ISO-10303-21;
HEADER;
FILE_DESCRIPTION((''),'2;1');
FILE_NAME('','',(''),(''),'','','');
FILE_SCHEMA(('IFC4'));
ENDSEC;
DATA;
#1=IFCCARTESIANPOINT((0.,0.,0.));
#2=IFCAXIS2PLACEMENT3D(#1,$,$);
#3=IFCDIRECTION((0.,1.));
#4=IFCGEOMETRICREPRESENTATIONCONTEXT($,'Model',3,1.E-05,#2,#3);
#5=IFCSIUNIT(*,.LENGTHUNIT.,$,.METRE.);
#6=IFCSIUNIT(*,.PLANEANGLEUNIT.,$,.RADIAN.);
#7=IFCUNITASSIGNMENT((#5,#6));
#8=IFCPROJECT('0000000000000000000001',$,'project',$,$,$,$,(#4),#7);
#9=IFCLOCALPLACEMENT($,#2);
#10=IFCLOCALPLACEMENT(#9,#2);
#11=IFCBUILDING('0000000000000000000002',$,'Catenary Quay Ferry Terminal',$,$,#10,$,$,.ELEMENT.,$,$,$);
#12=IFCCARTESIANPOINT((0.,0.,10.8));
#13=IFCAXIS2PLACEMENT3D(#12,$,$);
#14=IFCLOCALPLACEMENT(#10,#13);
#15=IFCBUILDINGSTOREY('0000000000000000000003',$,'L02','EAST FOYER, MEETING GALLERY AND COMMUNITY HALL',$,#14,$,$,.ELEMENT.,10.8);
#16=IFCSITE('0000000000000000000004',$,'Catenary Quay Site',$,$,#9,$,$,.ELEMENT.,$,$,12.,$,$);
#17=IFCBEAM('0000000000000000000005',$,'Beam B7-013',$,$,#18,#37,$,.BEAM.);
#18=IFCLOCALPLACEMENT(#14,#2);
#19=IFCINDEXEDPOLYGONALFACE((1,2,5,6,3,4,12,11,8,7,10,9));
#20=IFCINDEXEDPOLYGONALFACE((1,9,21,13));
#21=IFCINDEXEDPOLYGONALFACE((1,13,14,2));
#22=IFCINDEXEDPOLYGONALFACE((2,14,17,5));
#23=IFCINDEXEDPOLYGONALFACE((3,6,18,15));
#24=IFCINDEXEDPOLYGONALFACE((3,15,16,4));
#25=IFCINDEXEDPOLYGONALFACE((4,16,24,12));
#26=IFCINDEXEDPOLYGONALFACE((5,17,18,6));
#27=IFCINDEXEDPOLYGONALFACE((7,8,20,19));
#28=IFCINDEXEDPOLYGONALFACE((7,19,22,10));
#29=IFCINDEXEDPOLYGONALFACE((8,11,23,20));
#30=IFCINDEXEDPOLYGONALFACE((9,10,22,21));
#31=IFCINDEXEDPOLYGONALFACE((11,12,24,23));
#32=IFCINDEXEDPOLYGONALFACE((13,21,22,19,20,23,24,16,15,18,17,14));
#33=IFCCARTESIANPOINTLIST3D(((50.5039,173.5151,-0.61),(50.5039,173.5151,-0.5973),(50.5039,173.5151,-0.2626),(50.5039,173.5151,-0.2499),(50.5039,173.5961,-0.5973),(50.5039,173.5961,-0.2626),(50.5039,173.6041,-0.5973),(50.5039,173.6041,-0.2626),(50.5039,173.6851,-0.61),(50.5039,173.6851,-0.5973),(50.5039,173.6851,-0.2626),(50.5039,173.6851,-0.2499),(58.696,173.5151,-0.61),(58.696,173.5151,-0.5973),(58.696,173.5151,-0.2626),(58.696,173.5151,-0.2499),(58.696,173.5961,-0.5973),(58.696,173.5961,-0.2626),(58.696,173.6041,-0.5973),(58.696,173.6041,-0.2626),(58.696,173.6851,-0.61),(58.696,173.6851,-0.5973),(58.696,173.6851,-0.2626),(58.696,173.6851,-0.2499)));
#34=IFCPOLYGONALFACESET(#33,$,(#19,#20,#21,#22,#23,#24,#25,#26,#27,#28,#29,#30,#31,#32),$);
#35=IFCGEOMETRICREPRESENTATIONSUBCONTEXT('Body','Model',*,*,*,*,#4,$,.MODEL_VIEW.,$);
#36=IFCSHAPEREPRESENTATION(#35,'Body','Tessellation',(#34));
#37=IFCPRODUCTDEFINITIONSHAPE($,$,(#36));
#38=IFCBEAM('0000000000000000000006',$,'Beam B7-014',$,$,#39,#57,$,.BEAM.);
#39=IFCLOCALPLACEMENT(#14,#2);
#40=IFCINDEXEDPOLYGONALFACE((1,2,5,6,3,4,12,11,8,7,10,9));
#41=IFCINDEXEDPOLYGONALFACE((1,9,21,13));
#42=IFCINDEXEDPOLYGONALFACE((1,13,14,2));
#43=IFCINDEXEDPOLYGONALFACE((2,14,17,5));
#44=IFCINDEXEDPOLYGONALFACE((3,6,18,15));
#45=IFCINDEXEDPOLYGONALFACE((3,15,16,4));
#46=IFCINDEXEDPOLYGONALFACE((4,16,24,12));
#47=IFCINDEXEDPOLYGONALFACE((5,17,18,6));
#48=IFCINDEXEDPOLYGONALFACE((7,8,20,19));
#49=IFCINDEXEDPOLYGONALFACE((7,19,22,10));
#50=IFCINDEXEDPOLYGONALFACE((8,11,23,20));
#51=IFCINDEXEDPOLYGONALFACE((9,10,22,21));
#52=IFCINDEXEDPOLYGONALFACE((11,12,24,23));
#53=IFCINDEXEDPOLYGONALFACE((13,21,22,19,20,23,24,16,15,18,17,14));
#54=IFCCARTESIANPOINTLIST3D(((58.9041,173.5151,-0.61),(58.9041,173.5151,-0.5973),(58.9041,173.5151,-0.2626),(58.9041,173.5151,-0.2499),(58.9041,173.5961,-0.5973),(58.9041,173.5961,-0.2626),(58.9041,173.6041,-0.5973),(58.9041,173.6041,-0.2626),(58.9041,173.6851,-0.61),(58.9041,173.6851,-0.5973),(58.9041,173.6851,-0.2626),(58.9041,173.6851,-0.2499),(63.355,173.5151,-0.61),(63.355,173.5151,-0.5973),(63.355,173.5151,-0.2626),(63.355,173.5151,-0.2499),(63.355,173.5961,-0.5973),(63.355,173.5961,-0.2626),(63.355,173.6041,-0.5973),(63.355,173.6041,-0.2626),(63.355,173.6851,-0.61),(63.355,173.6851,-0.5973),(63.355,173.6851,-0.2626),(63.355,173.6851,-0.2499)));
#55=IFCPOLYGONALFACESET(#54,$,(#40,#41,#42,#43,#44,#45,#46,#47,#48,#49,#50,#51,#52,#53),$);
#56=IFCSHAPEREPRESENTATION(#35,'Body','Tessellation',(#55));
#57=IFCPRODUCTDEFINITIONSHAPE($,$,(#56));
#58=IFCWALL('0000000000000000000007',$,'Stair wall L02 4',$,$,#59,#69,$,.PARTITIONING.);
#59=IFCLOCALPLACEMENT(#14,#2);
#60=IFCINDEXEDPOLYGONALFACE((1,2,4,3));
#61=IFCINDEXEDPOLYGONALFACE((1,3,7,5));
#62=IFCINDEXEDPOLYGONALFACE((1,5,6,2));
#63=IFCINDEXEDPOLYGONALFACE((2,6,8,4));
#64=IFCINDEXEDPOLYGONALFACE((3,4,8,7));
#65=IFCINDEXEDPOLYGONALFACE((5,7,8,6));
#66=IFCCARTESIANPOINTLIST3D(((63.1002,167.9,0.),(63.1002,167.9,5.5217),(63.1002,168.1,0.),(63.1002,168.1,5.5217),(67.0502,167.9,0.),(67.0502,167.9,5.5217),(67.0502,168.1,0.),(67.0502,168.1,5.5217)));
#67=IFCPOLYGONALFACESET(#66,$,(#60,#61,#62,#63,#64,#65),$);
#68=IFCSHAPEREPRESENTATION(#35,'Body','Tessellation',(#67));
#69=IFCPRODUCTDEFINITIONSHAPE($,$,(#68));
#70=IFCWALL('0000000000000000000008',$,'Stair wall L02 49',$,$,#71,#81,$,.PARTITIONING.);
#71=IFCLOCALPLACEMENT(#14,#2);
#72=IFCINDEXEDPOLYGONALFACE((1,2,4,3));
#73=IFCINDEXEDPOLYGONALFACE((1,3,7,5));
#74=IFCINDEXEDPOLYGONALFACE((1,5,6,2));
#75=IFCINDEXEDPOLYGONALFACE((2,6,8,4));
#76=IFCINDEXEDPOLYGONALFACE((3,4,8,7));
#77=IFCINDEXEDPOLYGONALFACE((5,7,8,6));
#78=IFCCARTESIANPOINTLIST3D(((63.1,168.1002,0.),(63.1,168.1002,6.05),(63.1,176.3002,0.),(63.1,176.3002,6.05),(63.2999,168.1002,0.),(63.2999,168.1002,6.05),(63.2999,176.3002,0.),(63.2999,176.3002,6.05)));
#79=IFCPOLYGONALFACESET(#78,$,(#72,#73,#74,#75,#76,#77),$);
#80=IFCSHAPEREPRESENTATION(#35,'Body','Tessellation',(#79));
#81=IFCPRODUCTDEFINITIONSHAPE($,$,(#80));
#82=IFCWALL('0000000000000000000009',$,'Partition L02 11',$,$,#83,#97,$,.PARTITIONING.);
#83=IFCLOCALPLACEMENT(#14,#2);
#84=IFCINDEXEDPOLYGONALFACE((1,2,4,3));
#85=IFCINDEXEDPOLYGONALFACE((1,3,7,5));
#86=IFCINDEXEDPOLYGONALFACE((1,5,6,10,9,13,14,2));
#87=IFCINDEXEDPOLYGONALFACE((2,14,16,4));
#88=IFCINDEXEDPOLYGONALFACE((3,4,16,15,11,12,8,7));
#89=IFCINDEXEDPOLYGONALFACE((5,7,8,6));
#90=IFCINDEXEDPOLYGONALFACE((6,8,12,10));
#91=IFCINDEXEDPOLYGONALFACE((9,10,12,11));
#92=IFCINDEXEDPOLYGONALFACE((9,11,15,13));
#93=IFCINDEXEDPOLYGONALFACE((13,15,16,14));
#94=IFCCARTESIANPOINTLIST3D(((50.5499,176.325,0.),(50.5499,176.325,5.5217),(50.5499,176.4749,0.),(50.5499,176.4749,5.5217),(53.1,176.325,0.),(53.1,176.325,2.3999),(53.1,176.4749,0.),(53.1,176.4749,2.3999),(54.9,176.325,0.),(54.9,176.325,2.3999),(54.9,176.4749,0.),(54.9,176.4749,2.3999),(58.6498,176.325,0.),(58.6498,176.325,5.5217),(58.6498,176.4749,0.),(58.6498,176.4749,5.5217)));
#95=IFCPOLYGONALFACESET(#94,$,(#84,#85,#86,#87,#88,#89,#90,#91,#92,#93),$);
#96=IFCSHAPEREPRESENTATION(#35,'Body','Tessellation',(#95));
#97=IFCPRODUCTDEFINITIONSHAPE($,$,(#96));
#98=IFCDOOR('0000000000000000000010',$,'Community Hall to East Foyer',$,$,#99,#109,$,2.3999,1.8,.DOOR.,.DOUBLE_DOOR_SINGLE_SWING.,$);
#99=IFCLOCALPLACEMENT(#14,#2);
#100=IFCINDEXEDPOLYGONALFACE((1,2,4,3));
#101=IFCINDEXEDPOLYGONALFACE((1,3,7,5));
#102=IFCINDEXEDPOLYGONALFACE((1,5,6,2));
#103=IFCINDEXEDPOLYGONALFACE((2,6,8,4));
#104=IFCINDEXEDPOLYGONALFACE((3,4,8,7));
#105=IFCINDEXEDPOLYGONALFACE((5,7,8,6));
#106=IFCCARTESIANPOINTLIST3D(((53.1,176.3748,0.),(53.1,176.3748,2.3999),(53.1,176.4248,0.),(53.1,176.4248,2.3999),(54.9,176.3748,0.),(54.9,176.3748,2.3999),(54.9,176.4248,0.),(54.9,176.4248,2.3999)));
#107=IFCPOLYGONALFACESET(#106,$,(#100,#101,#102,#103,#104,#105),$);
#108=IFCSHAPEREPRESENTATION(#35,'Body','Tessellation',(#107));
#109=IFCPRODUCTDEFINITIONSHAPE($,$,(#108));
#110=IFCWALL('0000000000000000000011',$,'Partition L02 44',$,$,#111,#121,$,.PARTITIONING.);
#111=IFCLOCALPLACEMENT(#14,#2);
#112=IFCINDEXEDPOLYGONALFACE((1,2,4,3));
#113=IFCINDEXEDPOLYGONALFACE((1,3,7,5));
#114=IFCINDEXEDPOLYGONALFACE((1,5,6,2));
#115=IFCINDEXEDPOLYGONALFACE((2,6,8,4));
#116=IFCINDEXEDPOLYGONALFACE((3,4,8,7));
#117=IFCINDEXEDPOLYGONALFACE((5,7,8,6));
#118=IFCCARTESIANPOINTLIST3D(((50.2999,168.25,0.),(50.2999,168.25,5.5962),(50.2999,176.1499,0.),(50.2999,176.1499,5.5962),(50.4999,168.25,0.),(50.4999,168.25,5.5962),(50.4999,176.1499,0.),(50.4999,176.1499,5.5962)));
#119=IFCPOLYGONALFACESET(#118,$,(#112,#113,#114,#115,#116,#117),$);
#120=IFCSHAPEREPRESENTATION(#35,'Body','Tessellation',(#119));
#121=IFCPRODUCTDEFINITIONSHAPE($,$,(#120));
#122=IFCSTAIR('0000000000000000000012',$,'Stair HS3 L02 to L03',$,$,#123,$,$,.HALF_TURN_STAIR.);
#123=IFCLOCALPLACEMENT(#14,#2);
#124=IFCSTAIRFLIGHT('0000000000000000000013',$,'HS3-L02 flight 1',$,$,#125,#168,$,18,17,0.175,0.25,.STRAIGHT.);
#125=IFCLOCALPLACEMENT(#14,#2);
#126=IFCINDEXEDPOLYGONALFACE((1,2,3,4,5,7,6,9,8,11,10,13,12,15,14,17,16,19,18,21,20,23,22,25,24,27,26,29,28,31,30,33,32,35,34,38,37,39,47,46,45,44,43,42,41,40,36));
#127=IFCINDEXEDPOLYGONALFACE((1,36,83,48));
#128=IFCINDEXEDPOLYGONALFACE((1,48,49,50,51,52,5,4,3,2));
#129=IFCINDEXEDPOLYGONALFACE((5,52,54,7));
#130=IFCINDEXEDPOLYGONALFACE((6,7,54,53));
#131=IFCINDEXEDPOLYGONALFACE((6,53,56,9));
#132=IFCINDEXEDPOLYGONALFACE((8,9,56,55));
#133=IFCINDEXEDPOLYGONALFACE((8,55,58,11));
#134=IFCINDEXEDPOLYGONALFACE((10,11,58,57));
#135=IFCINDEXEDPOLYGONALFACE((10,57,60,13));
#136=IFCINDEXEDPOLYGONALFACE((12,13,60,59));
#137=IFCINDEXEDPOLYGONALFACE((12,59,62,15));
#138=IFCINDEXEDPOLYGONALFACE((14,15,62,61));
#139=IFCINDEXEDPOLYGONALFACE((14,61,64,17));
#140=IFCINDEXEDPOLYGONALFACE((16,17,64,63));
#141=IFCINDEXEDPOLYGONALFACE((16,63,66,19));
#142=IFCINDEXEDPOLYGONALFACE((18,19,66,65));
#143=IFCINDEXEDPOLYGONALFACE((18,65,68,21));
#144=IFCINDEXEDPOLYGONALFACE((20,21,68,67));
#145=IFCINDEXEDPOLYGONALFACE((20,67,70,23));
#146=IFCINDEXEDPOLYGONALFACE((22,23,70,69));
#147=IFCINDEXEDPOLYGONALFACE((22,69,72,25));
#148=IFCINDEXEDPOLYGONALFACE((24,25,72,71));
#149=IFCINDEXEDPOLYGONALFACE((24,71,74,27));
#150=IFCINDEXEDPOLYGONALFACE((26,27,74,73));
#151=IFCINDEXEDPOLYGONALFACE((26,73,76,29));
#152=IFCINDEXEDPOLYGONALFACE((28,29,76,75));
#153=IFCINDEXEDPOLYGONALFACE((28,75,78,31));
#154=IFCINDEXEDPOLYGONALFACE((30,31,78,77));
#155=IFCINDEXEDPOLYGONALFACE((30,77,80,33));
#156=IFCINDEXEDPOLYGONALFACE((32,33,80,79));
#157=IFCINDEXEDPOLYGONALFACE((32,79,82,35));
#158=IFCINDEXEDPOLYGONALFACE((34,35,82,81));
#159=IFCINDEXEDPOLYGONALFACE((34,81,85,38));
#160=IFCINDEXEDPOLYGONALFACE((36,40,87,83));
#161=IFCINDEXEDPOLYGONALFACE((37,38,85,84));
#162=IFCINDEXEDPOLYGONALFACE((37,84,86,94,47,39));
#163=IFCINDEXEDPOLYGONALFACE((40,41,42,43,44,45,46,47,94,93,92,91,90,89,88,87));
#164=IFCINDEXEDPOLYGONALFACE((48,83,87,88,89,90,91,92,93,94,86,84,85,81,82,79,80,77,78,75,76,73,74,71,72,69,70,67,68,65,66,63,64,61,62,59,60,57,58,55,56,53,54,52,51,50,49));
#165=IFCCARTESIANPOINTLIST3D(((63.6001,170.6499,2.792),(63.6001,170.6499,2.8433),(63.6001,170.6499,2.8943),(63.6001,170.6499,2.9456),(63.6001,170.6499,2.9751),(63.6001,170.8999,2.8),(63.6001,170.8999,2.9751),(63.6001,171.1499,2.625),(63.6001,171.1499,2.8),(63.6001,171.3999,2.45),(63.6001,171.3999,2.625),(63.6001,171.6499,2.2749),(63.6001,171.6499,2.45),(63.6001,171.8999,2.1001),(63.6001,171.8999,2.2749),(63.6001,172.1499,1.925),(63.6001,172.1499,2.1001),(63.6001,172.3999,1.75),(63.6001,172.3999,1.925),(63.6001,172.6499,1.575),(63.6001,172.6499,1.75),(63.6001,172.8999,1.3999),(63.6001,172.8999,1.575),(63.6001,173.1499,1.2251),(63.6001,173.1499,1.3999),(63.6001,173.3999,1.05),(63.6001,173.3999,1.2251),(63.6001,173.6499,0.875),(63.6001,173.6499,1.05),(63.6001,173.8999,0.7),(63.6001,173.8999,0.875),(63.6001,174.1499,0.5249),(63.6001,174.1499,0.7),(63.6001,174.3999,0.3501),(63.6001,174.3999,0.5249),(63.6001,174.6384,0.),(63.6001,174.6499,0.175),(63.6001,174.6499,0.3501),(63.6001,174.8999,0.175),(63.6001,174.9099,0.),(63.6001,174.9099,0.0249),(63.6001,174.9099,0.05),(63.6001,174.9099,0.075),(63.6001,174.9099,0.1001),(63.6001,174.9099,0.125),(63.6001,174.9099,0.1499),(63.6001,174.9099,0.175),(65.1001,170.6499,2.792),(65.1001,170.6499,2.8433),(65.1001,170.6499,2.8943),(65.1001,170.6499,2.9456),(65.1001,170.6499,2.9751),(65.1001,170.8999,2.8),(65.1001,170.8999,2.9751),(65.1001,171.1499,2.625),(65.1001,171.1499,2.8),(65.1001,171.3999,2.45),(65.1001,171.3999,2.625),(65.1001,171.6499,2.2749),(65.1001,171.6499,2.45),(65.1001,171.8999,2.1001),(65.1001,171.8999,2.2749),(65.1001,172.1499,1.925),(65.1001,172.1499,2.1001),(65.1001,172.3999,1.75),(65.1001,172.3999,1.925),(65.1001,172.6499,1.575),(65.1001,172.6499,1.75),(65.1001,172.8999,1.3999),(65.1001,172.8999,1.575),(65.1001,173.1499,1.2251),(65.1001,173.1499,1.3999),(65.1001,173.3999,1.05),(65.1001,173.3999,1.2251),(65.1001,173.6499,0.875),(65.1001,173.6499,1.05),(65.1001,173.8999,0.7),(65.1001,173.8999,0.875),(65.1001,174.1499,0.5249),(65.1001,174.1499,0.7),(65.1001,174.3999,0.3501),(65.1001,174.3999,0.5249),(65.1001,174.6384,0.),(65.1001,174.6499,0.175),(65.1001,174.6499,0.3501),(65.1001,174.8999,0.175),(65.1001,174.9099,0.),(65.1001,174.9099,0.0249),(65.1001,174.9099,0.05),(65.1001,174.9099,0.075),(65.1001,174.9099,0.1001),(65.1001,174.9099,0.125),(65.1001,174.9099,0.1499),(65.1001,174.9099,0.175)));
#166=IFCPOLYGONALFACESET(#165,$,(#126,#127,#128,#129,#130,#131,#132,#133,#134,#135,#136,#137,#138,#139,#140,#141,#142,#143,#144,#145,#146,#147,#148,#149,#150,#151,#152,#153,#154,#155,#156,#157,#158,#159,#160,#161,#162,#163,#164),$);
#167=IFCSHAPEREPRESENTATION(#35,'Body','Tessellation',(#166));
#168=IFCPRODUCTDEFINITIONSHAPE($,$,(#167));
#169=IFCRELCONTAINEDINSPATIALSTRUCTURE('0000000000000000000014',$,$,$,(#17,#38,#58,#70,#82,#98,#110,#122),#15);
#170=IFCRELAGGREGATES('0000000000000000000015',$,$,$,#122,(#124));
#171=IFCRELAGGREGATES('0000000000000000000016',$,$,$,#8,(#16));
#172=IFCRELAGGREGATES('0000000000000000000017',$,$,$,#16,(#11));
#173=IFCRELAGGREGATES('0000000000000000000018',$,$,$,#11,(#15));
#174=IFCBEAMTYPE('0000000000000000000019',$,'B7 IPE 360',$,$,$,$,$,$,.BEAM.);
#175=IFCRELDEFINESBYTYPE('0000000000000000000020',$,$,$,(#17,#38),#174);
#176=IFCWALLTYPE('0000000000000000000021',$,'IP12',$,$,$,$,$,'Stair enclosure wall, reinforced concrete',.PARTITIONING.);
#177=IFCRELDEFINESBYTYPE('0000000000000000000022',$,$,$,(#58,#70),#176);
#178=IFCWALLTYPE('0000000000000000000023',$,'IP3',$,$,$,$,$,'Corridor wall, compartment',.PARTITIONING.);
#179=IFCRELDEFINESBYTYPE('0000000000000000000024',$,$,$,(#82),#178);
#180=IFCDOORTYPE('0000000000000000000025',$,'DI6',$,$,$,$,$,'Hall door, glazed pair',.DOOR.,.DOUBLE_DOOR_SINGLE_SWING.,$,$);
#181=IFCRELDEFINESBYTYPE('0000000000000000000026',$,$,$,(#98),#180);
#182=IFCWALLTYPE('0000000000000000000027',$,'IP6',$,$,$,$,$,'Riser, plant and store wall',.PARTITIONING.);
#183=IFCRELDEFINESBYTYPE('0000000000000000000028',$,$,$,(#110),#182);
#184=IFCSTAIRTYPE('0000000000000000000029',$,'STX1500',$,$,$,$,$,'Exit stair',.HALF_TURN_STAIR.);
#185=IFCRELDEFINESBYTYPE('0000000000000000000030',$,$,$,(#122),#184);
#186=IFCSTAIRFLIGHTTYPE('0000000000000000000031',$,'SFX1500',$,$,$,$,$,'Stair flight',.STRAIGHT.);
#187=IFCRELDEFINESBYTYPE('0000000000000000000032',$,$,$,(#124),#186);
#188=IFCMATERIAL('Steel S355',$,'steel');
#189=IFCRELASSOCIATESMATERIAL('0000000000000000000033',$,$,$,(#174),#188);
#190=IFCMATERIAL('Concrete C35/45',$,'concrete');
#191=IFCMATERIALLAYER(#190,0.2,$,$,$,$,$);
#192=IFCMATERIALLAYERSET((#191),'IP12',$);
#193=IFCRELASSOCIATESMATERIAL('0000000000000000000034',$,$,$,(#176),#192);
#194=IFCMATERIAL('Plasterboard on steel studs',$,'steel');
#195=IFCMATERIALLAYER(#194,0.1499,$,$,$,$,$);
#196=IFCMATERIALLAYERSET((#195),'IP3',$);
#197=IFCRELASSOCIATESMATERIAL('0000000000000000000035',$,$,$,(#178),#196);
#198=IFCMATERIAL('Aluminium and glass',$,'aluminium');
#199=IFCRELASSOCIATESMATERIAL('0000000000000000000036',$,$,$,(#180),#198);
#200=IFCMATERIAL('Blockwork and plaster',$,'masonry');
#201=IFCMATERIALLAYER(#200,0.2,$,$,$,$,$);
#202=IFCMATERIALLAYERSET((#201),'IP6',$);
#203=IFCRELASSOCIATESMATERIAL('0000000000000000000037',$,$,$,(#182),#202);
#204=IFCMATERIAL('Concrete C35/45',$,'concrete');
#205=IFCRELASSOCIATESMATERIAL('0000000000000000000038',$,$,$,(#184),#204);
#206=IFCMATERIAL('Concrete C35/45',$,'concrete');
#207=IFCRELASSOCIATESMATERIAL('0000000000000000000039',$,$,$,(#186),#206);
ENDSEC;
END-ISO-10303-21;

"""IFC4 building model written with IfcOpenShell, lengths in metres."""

from ifc_helpers import new_model, si_unit, direction, frame, frame_2d, origin, origin_2d, place, context, subcontext, project, spatial, polyline, rectangle, i_section, outline, extrude, material, layer, layer_set, material_profile, profile_set, type_object, element, fill, aggregate, save


model = new_model("IFC4")

# Units and contexts
model_context = context("Model", 3, precision=1e-05, world=origin(), true_north=direction((0.0, 1.0)))
body_context = subcontext(model_context, "Body", "Model", "MODEL_VIEW")
ifc_project = project(units=[si_unit("LENGTHUNIT", "METRE"), si_unit("PLANEANGLEUNIT", "RADIAN")], contexts=[model_context])

# Site, building, storey
site_placement = place(None, origin())
site = spatial("IfcSite", under=ifc_project, at=site_placement, Name="Catenary Quay Site", CompositionType="ELEMENT", RefElevation=12.0)
building_placement = place(site_placement, origin())
building = spatial("IfcBuilding", under=site, at=building_placement, Name="Catenary Quay Ferry Terminal", CompositionType="ELEMENT")
storey_placement = place(building_placement, frame((0.0, 0.0, 10.8)))
storey = spatial("IfcBuildingStorey", under=building, at=storey_placement, Name="L02", Description="EAST FOYER, MEETING GALLERY AND COMMUNITY HALL", CompositionType="ELEMENT", Elevation=10.8)

# Beams
ifc_material_1 = material(Name="Steel S355", Category="steel")
ifc_material_profile_1 = material_profile(ifc_material_1, i_section(OverallWidth=0.1699, OverallDepth=0.3601, WebThickness=0.0081, FlangeThickness=0.0127, at=origin_2d()), Name="IPE 360")
ifc_profile_set_1 = profile_set([ifc_material_profile_1], Name="Steel S355")
beam_type_1 = type_object("IfcBeamType", Name="B7 IPE 360", PredefinedType="BEAM", material=ifc_profile_set_1)
beam_1_placement = place(storey_placement, frame((50.5039, 173.6001, -0.4299), z_axis=(1.0, 0.0, 0.0), x_axis=(0.0, 1.0, 0.0)))
element("IfcBeam", 1, at=beam_1_placement, inside=storey, type_object=beam_type_1, Name="Beam B7-013", PredefinedType="BEAM", context=body_context, shape_type="SweptSolid", body=[
    extrude(i_section(OverallWidth=0.1699, OverallDepth=0.3601, WebThickness=0.0081, FlangeThickness=0.0127, at=origin_2d()), origin(), (0.0, 0.0, 1.0), 8.1921),
])
beam_2_placement = place(storey_placement, frame((58.9041, 173.6001, -0.4299), z_axis=(1.0, 0.0, 0.0), x_axis=(0.0, 1.0, 0.0)))
element("IfcBeam", 2, at=beam_2_placement, inside=storey, type_object=beam_type_1, Name="Beam B7-014", PredefinedType="BEAM", context=body_context, shape_type="SweptSolid", body=[
    extrude(i_section(OverallWidth=0.1699, OverallDepth=0.3601, WebThickness=0.0081, FlangeThickness=0.0127, at=origin_2d()), origin(), (0.0, 0.0, 1.0), 4.4509),
])

# Walls
ifc_material_2 = material(Name="Concrete C35/45", Category="concrete")
ifc_layer_1 = layer(ifc_material_2, 0.2)
ifc_layer_set_1 = layer_set([ifc_layer_1], Name="IP12")
wall_type_1 = type_object("IfcWallType", Name="IP12", ElementType="Stair enclosure wall, reinforced concrete", PredefinedType="PARTITIONING", material=ifc_layer_set_1)
wall_1_placement = place(storey_placement, frame((63.1001, 168.0, 0.0), z_axis=(0.0, 0.0, 1.0), x_axis=(1.0, 0.0, 0.0)))
element("IfcWall", 3, at=wall_1_placement, inside=storey, type_object=wall_type_1, Name="Stair wall L02 4", PredefinedType="PARTITIONING", context=body_context, shape_type="SweptSolid", body=[
    extrude(rectangle(XDim=3.95, YDim=0.2, at=frame_2d((1.9751, 0.0))), origin(), (0.0, 0.0, 1.0), 5.5217),
])
wall_2_placement = place(storey_placement, frame((63.2, 168.1001, 0.0), z_axis=(0.0, 0.0, 1.0), x_axis=(0.0, 1.0, 0.0)))
element("IfcWall", 4, at=wall_2_placement, inside=storey, type_object=wall_type_1, Name="Stair wall L02 49", PredefinedType="PARTITIONING", context=body_context, shape_type="SweptSolid", body=[
    extrude(rectangle(XDim=8.2, YDim=0.2, at=frame_2d((4.1001, 0.0))), origin(), (0.0, 0.0, 1.0), 6.05),
])

# Wall, opening, door
ifc_material_3 = material(Name="Plasterboard on steel studs", Category="steel")
ifc_layer_2 = layer(ifc_material_3, 0.1499)
ifc_layer_set_2 = layer_set([ifc_layer_2], Name="IP3")
wall_type_2 = type_object("IfcWallType", Name="IP3", ElementType="Corridor wall, compartment", PredefinedType="PARTITIONING", material=ifc_layer_set_2)
wall_3_placement = place(storey_placement, frame((50.55, 176.3999, 0.0), z_axis=(0.0, 0.0, 1.0), x_axis=(1.0, 0.0, 0.0)))
wall_3 = element("IfcWall", 5, at=wall_3_placement, inside=storey, type_object=wall_type_2, Name="Partition L02 11", PredefinedType="PARTITIONING", context=body_context, shape_type="SweptSolid", body=[
    extrude(rectangle(XDim=8.0999, YDim=0.1499, at=frame_2d((4.0498, 0.0))), origin(), (0.0, 0.0, 1.0), 5.5217),
])
opening_1_placement = place(wall_3_placement, frame((2.55, 0.0, 0.0)))
opening_1 = element("IfcOpeningElement", 6, at=opening_1_placement, cuts=wall_3, PredefinedType="OPENING", context=body_context, shape_type="SweptSolid", body=[
    extrude(rectangle(XDim=1.8, YDim=2.3999, at=frame_2d((0.8999, 1.2))), frame((0.0, 0.085, 0.0), z_axis=(0.0, -1.0, 0.0), x_axis=(1.0, 0.0, 0.0)), (0.0, 0.0, 1.0), 0.1699),
])
ifc_material_4 = material(Name="Aluminium and glass", Category="aluminium")
door_type = type_object("IfcDoorType", Name="DI6", ElementType="Hall door, glazed pair", OperationType="DOUBLE_DOOR_SINGLE_SWING", PredefinedType="DOOR", material=ifc_material_4)
door_1_placement = place(opening_1_placement, origin())
door_1 = element("IfcDoor", 7, at=door_1_placement, inside=storey, type_object=door_type, Name="Community Hall to East Foyer", OperationType="DOUBLE_DOOR_SINGLE_SWING", OverallHeight=2.3999, OverallWidth=1.8, PredefinedType="DOOR", context=body_context, shape_type="SweptSolid", body=[
    extrude(rectangle(XDim=1.8, YDim=2.3999, at=frame_2d((0.8999, 1.2))), frame((0.0, 0.0249, 0.0), z_axis=(0.0, -1.0, 0.0), x_axis=(1.0, 0.0, 0.0)), (0.0, 0.0, 1.0), 0.05),
])
fill(opening_1, door_1)

# Wall
ifc_material_5 = material(Name="Blockwork and plaster", Category="masonry")
ifc_layer_3 = layer(ifc_material_5, 0.2)
ifc_layer_set_3 = layer_set([ifc_layer_3], Name="IP6")
wall_type_3 = type_object("IfcWallType", Name="IP6", ElementType="Riser, plant and store wall", PredefinedType="PARTITIONING", material=ifc_layer_set_3)
wall_4_placement = place(storey_placement, frame((50.3999, 168.25, 0.0), z_axis=(0.0, 0.0, 1.0), x_axis=(0.0, 1.0, 0.0)))
element("IfcWall", 8, at=wall_4_placement, inside=storey, type_object=wall_type_3, Name="Partition L02 44", PredefinedType="PARTITIONING", context=body_context, shape_type="SweptSolid", body=[
    extrude(rectangle(XDim=7.8999, YDim=0.2, at=frame_2d((3.95, 0.0))), origin(), (0.0, 0.0, 1.0), 5.5962),
])

# Stair, stair flight
ifc_material_6 = material(Name="Concrete C35/45", Category="concrete")
stair_type = type_object("IfcStairType", Name="STX1500", ElementType="Exit stair", PredefinedType="HALF_TURN_STAIR", material=ifc_material_6)
stair_placement = place(storey_placement, origin())
stair = element("IfcStair", 9, at=stair_placement, inside=storey, type_object=stair_type, Name="Stair HS3 L02 to L03", PredefinedType="HALF_TURN_STAIR")
ifc_material_7 = material(Name="Concrete C35/45", Category="concrete")
stair_flight_type = type_object("IfcStairFlightType", Name="SFX1500", ElementType="Stair flight", PredefinedType="STRAIGHT", material=ifc_material_7)
stair_flight_placement = place(storey_placement, frame((64.3501, 174.8999, 0.0), z_axis=(0.0, 0.0, 1.0), x_axis=(0.0, -1.0, 0.0)))
stair_flight = element("IfcStairFlight", 10, at=stair_flight_placement, type_object=stair_flight_type, Name="HS3-L02 flight 1", NumberOfRisers=18, NumberOfTreads=17, PredefinedType="STRAIGHT", RiserHeight=0.175, TreadLength=0.25, context=body_context, shape_type="SweptSolid", body=[
    extrude(outline(polyline([(-0.01, 0.0), (-0.01, 0.0249), (-0.01, 0.05), (-0.01, 0.075), (-0.01, 0.1001), (-0.01, 0.125), (-0.01, 0.1499), (-0.01, 0.175), (0.0, 0.175), (0.25, 0.175), (0.25, 0.3501), (0.5, 0.3501), (0.5, 0.5249), (0.75, 0.5249), (0.75, 0.7), (1.0, 0.7), (1.0, 0.875), (1.25, 0.875), (1.25, 1.05), (1.5, 1.05), (1.5, 1.2251), (1.75, 1.2251), (1.75, 1.3999), (2.0, 1.3999), (2.0, 1.575), (2.25, 1.575), (2.25, 1.75), (2.5, 1.75), (2.5, 1.925), (2.75, 1.925), (2.75, 2.1001), (3.0, 2.1001), (3.0, 2.2749), (3.25, 2.2749), (3.25, 2.45), (3.5, 2.45), (3.5, 2.625), (3.75, 2.625), (3.75, 2.8), (4.0, 2.8), (4.0, 2.9751), (4.25, 2.9751), (4.25, 3.1499), (4.25, 3.0989), (4.25, 3.0476), (4.25, 2.9966), (4.25, 2.9456), (4.25, 2.8943), (4.25, 2.8433), (4.25, 2.792), (0.2615, 0.0), (-0.01, 0.0)])), frame((0.0, 0.75, 0.0), z_axis=(0.0, -1.0, 0.0), x_axis=(1.0, 0.0, 0.0)), (0.0, 0.0, 1.0), 1.5),
])
aggregate(stair, [stair_flight])

save(model, "model.ifc")
